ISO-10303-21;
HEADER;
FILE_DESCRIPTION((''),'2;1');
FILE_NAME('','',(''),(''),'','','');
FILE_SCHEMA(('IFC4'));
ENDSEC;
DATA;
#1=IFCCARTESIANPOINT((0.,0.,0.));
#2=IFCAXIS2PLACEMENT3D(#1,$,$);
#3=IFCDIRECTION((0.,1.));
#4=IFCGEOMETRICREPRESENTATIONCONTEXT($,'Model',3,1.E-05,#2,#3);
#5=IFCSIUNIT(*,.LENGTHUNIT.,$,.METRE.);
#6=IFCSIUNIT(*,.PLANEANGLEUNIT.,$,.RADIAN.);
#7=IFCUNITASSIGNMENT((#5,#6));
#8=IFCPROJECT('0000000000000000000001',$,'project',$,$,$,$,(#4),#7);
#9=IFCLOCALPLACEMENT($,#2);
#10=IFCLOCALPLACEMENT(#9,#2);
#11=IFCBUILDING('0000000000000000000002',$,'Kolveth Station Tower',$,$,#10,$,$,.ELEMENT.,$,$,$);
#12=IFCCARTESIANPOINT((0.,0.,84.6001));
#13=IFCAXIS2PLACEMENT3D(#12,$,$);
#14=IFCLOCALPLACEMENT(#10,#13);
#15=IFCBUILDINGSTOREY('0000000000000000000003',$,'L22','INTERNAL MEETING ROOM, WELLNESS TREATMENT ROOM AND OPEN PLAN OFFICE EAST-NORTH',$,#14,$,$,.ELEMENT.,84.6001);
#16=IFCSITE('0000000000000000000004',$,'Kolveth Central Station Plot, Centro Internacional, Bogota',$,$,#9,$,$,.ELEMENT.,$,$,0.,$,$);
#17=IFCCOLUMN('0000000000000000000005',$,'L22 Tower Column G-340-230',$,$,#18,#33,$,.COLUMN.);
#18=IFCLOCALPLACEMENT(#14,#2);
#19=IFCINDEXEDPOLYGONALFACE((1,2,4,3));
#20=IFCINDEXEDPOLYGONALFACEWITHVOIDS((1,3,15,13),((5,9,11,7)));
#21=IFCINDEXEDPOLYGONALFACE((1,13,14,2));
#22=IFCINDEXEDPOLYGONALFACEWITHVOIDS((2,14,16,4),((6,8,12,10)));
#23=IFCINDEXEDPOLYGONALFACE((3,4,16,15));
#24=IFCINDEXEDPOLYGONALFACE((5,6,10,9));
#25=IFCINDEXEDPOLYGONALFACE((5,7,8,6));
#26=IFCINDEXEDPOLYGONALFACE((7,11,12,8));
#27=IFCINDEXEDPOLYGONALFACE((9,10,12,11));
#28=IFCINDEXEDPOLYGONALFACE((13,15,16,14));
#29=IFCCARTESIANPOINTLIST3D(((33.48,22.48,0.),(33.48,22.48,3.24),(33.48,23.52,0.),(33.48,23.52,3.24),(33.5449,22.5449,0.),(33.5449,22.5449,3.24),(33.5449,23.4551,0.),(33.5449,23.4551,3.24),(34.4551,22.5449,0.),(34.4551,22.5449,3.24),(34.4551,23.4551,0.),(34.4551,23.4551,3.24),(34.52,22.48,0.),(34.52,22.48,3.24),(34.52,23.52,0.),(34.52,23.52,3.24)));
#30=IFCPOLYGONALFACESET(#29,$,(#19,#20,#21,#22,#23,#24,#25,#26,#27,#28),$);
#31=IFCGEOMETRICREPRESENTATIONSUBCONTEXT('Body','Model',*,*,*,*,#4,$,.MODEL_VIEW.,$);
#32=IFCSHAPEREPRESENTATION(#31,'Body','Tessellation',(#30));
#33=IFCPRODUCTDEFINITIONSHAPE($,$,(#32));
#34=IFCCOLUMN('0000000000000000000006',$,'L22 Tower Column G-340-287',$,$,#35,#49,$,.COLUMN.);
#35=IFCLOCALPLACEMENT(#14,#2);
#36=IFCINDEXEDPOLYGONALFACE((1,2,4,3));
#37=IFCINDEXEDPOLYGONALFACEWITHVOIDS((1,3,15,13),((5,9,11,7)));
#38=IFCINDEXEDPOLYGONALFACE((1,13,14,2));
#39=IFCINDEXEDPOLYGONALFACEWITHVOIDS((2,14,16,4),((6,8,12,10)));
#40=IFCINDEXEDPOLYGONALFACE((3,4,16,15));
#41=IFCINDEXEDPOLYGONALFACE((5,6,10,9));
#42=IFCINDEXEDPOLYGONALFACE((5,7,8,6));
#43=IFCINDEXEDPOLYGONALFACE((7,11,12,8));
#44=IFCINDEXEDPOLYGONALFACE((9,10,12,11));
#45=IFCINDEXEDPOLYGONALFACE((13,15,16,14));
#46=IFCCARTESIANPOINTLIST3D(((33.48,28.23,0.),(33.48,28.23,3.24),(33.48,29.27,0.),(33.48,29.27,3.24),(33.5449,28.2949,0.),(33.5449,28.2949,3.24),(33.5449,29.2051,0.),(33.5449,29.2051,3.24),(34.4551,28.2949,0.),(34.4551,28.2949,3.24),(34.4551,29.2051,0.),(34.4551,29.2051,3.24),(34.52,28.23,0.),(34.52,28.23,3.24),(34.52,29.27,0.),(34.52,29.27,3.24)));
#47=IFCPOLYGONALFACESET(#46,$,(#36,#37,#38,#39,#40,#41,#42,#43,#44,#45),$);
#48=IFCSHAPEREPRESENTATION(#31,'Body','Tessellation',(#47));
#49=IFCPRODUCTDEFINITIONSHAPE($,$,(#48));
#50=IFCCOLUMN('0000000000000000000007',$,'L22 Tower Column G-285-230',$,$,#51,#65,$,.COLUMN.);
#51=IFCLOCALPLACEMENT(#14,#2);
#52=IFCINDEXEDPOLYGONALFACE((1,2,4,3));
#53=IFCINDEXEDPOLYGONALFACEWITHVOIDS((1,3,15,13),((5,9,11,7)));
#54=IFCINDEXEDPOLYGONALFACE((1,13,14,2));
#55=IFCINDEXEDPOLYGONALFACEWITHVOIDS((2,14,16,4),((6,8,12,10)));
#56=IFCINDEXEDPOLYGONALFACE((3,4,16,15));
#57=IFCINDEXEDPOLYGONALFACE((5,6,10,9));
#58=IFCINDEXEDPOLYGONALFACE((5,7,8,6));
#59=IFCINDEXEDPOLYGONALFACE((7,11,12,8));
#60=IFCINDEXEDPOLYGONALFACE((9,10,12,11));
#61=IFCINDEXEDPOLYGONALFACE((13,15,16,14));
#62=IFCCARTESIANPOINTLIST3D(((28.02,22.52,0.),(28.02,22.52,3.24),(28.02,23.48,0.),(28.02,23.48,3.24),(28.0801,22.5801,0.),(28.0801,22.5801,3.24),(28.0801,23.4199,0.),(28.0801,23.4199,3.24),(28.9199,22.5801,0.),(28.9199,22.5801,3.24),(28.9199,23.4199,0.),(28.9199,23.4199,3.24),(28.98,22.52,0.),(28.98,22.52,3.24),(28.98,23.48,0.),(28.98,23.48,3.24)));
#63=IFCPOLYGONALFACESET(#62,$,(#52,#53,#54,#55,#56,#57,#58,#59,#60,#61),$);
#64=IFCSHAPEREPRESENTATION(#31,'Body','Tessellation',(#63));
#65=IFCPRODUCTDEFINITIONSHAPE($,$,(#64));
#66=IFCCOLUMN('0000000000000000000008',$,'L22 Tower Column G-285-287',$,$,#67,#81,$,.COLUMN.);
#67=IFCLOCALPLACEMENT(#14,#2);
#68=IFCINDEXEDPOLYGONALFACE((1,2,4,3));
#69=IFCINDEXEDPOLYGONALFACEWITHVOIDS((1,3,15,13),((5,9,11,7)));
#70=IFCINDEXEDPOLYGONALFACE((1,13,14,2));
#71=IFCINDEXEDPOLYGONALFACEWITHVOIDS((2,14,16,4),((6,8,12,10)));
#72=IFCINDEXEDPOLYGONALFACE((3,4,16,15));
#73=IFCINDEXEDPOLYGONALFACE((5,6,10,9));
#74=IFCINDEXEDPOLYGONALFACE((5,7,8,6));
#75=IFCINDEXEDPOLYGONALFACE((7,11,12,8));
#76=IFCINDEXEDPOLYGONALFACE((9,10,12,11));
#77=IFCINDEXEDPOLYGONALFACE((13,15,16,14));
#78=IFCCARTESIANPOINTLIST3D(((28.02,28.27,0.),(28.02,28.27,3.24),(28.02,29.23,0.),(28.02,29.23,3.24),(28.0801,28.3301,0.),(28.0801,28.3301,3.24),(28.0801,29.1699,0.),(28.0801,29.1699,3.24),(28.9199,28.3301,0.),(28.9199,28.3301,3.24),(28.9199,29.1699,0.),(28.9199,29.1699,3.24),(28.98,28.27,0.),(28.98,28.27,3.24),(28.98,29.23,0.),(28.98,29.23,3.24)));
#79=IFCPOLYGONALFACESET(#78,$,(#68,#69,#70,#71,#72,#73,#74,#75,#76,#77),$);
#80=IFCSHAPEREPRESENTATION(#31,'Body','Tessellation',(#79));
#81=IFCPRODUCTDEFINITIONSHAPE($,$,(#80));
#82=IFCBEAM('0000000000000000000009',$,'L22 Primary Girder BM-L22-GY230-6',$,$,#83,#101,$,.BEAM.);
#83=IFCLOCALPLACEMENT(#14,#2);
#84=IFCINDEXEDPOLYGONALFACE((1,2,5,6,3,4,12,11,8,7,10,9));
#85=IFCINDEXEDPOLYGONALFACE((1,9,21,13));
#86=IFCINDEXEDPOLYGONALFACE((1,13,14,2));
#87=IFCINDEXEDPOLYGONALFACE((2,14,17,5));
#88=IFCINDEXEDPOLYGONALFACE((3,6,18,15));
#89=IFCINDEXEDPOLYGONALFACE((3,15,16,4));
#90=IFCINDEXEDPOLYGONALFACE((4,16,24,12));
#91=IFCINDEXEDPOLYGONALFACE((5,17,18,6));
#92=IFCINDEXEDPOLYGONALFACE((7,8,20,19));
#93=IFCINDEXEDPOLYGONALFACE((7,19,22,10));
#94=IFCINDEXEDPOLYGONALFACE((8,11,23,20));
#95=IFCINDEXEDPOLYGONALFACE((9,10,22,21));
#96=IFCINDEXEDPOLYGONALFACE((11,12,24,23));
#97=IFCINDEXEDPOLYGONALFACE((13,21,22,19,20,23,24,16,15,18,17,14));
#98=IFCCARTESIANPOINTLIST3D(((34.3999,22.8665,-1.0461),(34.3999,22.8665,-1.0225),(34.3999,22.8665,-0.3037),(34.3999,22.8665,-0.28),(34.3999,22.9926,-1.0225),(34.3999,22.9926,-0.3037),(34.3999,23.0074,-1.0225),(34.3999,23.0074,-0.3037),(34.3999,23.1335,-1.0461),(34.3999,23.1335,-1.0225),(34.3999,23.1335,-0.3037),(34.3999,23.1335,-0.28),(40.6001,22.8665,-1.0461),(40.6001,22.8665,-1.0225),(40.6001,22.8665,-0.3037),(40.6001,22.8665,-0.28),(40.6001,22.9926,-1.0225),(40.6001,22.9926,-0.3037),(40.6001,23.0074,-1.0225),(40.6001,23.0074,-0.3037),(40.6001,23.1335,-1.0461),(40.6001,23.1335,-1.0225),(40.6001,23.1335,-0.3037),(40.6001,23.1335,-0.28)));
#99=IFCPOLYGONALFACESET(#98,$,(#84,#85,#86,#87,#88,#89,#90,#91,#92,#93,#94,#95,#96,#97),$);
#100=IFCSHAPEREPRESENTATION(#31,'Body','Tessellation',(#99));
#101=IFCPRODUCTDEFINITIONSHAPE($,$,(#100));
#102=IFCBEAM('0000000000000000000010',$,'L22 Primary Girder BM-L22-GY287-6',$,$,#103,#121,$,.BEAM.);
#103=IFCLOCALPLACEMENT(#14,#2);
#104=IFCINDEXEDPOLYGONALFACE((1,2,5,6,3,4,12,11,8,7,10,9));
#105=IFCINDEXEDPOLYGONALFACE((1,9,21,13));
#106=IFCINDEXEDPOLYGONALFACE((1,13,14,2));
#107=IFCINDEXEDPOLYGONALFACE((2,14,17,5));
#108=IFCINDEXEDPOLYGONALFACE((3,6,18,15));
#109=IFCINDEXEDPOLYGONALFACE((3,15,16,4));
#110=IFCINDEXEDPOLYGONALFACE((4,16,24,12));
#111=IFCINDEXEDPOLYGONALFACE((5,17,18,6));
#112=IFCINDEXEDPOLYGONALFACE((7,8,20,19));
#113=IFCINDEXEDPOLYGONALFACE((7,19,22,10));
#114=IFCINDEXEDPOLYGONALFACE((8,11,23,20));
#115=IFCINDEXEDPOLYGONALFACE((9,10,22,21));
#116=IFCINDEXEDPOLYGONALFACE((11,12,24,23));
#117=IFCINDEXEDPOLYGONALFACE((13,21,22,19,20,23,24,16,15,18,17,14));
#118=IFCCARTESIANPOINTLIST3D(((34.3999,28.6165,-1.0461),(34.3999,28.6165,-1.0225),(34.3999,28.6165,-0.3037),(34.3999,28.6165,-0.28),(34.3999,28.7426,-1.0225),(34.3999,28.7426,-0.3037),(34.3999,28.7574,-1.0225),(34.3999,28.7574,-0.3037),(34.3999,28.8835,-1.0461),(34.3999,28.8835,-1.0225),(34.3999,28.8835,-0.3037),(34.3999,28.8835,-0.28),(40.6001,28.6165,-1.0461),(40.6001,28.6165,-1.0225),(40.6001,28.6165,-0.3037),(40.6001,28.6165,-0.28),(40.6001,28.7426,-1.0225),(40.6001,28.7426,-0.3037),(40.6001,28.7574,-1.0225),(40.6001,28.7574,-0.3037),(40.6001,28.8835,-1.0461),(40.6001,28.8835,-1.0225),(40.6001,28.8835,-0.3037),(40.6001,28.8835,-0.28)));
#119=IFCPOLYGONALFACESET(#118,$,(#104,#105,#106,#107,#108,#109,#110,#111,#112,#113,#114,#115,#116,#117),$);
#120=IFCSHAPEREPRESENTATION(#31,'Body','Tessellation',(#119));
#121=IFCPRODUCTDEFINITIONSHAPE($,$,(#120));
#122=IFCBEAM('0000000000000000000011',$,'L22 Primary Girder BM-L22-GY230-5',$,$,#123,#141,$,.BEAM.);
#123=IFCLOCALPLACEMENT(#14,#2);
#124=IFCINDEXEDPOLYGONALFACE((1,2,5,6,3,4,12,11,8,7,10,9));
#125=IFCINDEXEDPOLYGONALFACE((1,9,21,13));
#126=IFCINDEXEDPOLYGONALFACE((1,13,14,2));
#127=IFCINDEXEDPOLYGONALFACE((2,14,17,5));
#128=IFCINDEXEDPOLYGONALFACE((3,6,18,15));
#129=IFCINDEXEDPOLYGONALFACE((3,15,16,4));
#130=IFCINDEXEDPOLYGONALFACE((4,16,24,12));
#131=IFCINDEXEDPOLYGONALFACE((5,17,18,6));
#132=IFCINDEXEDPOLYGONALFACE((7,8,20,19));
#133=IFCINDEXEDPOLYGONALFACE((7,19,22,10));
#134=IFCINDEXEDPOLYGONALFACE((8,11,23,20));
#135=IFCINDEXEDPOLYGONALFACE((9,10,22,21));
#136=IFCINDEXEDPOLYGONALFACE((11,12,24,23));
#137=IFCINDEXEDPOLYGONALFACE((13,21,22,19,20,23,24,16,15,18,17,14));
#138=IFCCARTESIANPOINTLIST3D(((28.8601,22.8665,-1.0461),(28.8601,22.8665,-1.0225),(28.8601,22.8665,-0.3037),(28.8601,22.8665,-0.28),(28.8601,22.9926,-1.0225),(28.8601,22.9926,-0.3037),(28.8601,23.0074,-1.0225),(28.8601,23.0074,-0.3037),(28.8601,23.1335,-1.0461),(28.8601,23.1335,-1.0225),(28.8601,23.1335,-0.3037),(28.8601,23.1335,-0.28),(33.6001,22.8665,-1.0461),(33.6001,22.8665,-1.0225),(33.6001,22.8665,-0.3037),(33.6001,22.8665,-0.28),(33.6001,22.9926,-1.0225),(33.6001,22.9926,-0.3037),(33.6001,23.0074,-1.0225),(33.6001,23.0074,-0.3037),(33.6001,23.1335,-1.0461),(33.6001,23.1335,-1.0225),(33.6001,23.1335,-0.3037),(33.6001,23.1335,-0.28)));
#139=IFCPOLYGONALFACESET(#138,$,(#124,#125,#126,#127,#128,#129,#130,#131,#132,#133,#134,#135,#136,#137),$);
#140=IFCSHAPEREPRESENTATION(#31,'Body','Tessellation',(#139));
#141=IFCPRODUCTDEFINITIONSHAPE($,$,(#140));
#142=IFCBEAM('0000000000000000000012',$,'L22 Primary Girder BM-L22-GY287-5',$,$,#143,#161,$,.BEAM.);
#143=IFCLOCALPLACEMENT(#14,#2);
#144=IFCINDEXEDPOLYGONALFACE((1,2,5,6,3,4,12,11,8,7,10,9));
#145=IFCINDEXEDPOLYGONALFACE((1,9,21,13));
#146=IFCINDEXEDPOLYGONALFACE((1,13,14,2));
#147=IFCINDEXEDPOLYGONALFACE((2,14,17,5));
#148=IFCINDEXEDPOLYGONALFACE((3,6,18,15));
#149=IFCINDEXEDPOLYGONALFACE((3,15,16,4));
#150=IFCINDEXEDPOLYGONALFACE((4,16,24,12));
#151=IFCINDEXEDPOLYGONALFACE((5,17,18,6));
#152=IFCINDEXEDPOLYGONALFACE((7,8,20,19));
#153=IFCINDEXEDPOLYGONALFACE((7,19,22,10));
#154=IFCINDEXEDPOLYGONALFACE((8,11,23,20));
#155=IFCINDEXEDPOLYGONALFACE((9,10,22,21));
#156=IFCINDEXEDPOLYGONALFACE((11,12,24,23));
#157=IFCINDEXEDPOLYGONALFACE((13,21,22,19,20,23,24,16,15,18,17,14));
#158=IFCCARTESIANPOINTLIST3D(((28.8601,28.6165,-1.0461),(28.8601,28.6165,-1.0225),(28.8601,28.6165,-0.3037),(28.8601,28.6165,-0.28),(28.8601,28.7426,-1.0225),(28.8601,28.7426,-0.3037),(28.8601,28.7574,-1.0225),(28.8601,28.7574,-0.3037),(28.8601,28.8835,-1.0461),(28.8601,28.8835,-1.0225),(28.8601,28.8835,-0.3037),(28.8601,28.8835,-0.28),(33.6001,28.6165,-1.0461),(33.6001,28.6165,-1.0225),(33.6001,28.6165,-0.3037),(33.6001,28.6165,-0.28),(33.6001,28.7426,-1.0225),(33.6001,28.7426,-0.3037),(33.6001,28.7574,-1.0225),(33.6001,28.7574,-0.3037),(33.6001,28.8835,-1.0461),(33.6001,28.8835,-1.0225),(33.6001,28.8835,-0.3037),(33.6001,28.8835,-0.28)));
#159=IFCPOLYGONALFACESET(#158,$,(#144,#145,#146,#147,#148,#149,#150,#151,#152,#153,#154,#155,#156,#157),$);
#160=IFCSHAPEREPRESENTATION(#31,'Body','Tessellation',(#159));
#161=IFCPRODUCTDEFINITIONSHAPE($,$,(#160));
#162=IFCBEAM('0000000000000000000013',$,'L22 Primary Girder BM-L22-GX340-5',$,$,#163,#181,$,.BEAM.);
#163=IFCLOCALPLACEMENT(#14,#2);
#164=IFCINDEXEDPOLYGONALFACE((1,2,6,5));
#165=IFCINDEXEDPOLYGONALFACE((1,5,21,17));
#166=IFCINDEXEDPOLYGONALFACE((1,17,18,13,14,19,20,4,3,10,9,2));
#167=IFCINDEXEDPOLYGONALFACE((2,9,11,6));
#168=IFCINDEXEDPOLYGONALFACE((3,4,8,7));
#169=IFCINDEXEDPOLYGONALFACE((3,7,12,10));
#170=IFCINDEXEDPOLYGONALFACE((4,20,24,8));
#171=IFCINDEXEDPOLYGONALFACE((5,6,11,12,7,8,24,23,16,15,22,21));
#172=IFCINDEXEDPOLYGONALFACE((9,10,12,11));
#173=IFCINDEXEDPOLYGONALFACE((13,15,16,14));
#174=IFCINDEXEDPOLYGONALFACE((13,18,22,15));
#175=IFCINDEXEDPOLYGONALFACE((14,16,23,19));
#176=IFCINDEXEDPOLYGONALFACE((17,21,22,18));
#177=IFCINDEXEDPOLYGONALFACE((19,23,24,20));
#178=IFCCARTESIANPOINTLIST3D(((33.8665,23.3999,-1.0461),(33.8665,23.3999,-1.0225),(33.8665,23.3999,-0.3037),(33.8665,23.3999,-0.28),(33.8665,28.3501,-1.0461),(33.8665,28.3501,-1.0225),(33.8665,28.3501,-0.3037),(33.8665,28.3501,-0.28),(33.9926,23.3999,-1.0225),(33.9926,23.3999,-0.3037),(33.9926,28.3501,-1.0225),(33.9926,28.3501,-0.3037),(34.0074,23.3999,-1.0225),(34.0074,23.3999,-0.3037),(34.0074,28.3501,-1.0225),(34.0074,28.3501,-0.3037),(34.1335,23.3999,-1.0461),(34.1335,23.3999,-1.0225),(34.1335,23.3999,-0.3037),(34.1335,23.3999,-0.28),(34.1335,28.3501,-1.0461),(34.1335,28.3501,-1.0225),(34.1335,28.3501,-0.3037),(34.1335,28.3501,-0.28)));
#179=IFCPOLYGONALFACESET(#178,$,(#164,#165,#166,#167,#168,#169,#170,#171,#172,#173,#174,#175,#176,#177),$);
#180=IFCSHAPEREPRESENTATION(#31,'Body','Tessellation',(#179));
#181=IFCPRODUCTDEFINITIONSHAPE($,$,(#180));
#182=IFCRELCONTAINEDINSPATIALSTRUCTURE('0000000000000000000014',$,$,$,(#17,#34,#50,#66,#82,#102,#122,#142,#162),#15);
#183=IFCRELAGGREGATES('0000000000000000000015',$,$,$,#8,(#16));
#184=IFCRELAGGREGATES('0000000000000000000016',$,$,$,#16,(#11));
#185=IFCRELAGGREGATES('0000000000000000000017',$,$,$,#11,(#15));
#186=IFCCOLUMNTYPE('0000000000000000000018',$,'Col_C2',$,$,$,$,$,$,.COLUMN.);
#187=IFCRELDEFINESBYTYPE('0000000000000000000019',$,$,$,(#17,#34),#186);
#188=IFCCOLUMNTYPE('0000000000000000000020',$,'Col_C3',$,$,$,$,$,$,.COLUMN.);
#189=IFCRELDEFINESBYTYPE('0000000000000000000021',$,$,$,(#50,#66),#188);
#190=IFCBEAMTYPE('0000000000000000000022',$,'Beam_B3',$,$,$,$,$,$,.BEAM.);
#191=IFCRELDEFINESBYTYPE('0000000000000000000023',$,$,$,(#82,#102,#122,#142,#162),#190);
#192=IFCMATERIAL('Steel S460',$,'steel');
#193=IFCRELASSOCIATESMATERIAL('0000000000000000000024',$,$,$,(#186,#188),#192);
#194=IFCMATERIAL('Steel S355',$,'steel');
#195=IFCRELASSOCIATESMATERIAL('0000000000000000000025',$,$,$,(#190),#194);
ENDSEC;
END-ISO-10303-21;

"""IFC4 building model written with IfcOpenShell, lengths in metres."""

from ifc_helpers import new_model, si_unit, direction, frame, origin, origin_2d, place, context, subcontext, project, spatial, hollow_rectangle, i_section, extrude, source, transform, mapped, material, material_profile, profile_set, type_object, element, save


model = new_model("IFC4")

# Units and contexts
model_context = context("Model", 3, precision=1e-05, world=origin(), true_north=direction((0.0, 1.0)))
body_context = subcontext(model_context, "Body", "Model", "MODEL_VIEW")
ifc_project = project(units=[si_unit("LENGTHUNIT", "METRE"), si_unit("PLANEANGLEUNIT", "RADIAN")], contexts=[model_context])

# Site, building, storey
site_placement = place(None, origin())
site = spatial("IfcSite", under=ifc_project, at=site_placement, Name="Kolveth Central Station Plot, Centro Internacional, Bogota", CompositionType="ELEMENT", RefElevation=0.0)
building_placement = place(site_placement, origin())
building = spatial("IfcBuilding", under=site, at=building_placement, Name="Kolveth Station Tower", CompositionType="ELEMENT")
storey_placement = place(building_placement, frame((0.0, 0.0, 84.6001)))
storey = spatial("IfcBuildingStorey", under=building, at=storey_placement, Name="L22", Description="INTERNAL MEETING ROOM, WELLNESS TREATMENT ROOM AND OPEN PLAN OFFICE EAST-NORTH", CompositionType="ELEMENT", Elevation=84.6001)

# Columns
ifc_material_1 = material(Name="Steel S460", Category="steel")
ifc_material_profile_1 = material_profile(ifc_material_1, hollow_rectangle(XDim=1.04, YDim=1.04, WallThickness=0.0649, at=origin_2d()), Name="BOX1040x1040x65")
ifc_profile_set_1 = profile_set([ifc_material_profile_1], Name="Steel S460")
column_type_1 = type_object("IfcColumnType", Name="Col_C2", PredefinedType="COLUMN", material=ifc_profile_set_1)
shared_shape_1 = source(origin(), body_context, "Body", "SweptSolid", [
    extrude(hollow_rectangle(XDim=1.04, YDim=1.04, WallThickness=0.0649, at=origin_2d()), origin(), (0.0, 0.0, 1.0), 3.24),
])
for number, where, z_axis, x_axis, name in (
    (1, (34.0, 23.0, 0.0), (0.0, 0.0, 1.0), (1.0, 0.0, 0.0), "L22 Tower Column G-340-230"),
    (2, (34.0, 28.75, 0.0), (0.0, 0.0, 1.0), (1.0, 0.0, 0.0), "L22 Tower Column G-340-287"),
):
    element("IfcColumn", number, at=place(storey_placement, frame(where, z_axis=z_axis, x_axis=x_axis)), inside=storey, type_object=column_type_1, Name=name, PredefinedType="COLUMN", context=body_context, shape_type="MappedRepresentation", body=[
        mapped(shared_shape_1, transform((0.0, 0.0, 0.0), x_axis=(1.0, 0.0, 0.0), y_axis=(0.0, 1.0, 0.0), z_axis=(0.0, 0.0, 1.0), scale=1.0)),
    ])
ifc_material_profile_2 = material_profile(ifc_material_1, hollow_rectangle(XDim=0.96, YDim=0.96, WallThickness=0.0601, at=origin_2d()), Name="BOX960x960x60")
ifc_profile_set_2 = profile_set([ifc_material_profile_2], Name="Steel S460")
column_type_2 = type_object("IfcColumnType", Name="Col_C3", PredefinedType="COLUMN", material=ifc_profile_set_2)
shared_shape_2 = source(origin(), body_context, "Body", "SweptSolid", [
    extrude(hollow_rectangle(XDim=0.96, YDim=0.96, WallThickness=0.0601, at=origin_2d()), origin(), (0.0, 0.0, 1.0), 3.24),
])
for number, where, z_axis, x_axis, name in (
    (3, (28.5, 23.0, 0.0), (0.0, 0.0, 1.0), (1.0, 0.0, 0.0), "L22 Tower Column G-285-230"),
    (4, (28.5, 28.75, 0.0), (0.0, 0.0, 1.0), (1.0, 0.0, 0.0), "L22 Tower Column G-285-287"),
):
    element("IfcColumn", number, at=place(storey_placement, frame(where, z_axis=z_axis, x_axis=x_axis)), inside=storey, type_object=column_type_2, Name=name, PredefinedType="COLUMN", context=body_context, shape_type="MappedRepresentation", body=[
        mapped(shared_shape_2, transform((0.0, 0.0, 0.0), x_axis=(1.0, 0.0, 0.0), y_axis=(0.0, 1.0, 0.0), z_axis=(0.0, 0.0, 1.0), scale=1.0)),
    ])

# Beams
ifc_material_2 = material(Name="Steel S355", Category="steel")
ifc_material_profile_3 = material_profile(ifc_material_2, i_section(OverallWidth=0.2671, OverallDepth=0.7661, WebThickness=0.0149, FlangeThickness=0.0237, at=origin_2d()), Name="W760x185")
ifc_profile_set_3 = profile_set([ifc_material_profile_3], Name="Steel S355")
beam_type_1 = type_object("IfcBeamType", Name="Beam_B3", PredefinedType="BEAM", material=ifc_profile_set_3)
shared_shape_3 = source(origin(), body_context, "Body", "SweptSolid", [
    extrude(i_section(OverallWidth=0.2671, OverallDepth=0.7661, WebThickness=0.0149, FlangeThickness=0.0237, at=origin_2d()), origin(), (0.0, 0.0, 1.0), 6.2002),
])
for number, where, z_axis, x_axis, name in (
    (5, (34.3999, 23.0, -0.6631), (1.0, 0.0, 0.0), (0.0, 1.0, 0.0), "L22 Primary Girder BM-L22-GY230-6"),
    (6, (34.3999, 28.75, -0.6631), (1.0, 0.0, 0.0), (0.0, 1.0, 0.0), "L22 Primary Girder BM-L22-GY287-6"),
):
    element("IfcBeam", number, at=place(storey_placement, frame(where, z_axis=z_axis, x_axis=x_axis)), inside=storey, type_object=beam_type_1, Name=name, PredefinedType="BEAM", context=body_context, shape_type="MappedRepresentation", body=[
        mapped(shared_shape_3, transform((0.0, 0.0, 0.0), x_axis=(1.0, 0.0, 0.0), y_axis=(0.0, 1.0, 0.0), z_axis=(0.0, 0.0, 1.0), scale=1.0)),
    ])
shared_shape_4 = source(origin(), body_context, "Body", "SweptSolid", [
    extrude(i_section(OverallWidth=0.2671, OverallDepth=0.7661, WebThickness=0.0149, FlangeThickness=0.0237, at=origin_2d()), origin(), (0.0, 0.0, 1.0), 4.74),
])
for number, where, z_axis, x_axis, name in (
    (7, (28.8601, 23.0, -0.6631), (1.0, 0.0, 0.0), (0.0, 1.0, 0.0), "L22 Primary Girder BM-L22-GY230-5"),
    (8, (28.8601, 28.75, -0.6631), (1.0, 0.0, 0.0), (0.0, 1.0, 0.0), "L22 Primary Girder BM-L22-GY287-5"),
):
    element("IfcBeam", number, at=place(storey_placement, frame(where, z_axis=z_axis, x_axis=x_axis)), inside=storey, type_object=beam_type_1, Name=name, PredefinedType="BEAM", context=body_context, shape_type="MappedRepresentation", body=[
        mapped(shared_shape_4, transform((0.0, 0.0, 0.0), x_axis=(1.0, 0.0, 0.0), y_axis=(0.0, 1.0, 0.0), z_axis=(0.0, 0.0, 1.0), scale=1.0)),
    ])
shared_shape_5 = source(origin(), body_context, "Body", "SweptSolid", [
    extrude(i_section(OverallWidth=0.2671, OverallDepth=0.7661, WebThickness=0.0149, FlangeThickness=0.0237, at=origin_2d()), origin(), (0.0, 0.0, 1.0), 4.9502),
])
beam_1_placement = place(storey_placement, frame((34.0, 23.3999, -0.6631), z_axis=(0.0, 1.0, 0.0), x_axis=(-1.0, 0.0, 0.0)))
element("IfcBeam", 9, at=beam_1_placement, inside=storey, type_object=beam_type_1, Name="L22 Primary Girder BM-L22-GX340-5", PredefinedType="BEAM", context=body_context, shape_type="MappedRepresentation", body=[
    mapped(shared_shape_5, transform((0.0, 0.0, 0.0), x_axis=(1.0, 0.0, 0.0), y_axis=(0.0, 1.0, 0.0), z_axis=(0.0, 0.0, 1.0), scale=1.0)),
])

save(model, "model.ifc")
